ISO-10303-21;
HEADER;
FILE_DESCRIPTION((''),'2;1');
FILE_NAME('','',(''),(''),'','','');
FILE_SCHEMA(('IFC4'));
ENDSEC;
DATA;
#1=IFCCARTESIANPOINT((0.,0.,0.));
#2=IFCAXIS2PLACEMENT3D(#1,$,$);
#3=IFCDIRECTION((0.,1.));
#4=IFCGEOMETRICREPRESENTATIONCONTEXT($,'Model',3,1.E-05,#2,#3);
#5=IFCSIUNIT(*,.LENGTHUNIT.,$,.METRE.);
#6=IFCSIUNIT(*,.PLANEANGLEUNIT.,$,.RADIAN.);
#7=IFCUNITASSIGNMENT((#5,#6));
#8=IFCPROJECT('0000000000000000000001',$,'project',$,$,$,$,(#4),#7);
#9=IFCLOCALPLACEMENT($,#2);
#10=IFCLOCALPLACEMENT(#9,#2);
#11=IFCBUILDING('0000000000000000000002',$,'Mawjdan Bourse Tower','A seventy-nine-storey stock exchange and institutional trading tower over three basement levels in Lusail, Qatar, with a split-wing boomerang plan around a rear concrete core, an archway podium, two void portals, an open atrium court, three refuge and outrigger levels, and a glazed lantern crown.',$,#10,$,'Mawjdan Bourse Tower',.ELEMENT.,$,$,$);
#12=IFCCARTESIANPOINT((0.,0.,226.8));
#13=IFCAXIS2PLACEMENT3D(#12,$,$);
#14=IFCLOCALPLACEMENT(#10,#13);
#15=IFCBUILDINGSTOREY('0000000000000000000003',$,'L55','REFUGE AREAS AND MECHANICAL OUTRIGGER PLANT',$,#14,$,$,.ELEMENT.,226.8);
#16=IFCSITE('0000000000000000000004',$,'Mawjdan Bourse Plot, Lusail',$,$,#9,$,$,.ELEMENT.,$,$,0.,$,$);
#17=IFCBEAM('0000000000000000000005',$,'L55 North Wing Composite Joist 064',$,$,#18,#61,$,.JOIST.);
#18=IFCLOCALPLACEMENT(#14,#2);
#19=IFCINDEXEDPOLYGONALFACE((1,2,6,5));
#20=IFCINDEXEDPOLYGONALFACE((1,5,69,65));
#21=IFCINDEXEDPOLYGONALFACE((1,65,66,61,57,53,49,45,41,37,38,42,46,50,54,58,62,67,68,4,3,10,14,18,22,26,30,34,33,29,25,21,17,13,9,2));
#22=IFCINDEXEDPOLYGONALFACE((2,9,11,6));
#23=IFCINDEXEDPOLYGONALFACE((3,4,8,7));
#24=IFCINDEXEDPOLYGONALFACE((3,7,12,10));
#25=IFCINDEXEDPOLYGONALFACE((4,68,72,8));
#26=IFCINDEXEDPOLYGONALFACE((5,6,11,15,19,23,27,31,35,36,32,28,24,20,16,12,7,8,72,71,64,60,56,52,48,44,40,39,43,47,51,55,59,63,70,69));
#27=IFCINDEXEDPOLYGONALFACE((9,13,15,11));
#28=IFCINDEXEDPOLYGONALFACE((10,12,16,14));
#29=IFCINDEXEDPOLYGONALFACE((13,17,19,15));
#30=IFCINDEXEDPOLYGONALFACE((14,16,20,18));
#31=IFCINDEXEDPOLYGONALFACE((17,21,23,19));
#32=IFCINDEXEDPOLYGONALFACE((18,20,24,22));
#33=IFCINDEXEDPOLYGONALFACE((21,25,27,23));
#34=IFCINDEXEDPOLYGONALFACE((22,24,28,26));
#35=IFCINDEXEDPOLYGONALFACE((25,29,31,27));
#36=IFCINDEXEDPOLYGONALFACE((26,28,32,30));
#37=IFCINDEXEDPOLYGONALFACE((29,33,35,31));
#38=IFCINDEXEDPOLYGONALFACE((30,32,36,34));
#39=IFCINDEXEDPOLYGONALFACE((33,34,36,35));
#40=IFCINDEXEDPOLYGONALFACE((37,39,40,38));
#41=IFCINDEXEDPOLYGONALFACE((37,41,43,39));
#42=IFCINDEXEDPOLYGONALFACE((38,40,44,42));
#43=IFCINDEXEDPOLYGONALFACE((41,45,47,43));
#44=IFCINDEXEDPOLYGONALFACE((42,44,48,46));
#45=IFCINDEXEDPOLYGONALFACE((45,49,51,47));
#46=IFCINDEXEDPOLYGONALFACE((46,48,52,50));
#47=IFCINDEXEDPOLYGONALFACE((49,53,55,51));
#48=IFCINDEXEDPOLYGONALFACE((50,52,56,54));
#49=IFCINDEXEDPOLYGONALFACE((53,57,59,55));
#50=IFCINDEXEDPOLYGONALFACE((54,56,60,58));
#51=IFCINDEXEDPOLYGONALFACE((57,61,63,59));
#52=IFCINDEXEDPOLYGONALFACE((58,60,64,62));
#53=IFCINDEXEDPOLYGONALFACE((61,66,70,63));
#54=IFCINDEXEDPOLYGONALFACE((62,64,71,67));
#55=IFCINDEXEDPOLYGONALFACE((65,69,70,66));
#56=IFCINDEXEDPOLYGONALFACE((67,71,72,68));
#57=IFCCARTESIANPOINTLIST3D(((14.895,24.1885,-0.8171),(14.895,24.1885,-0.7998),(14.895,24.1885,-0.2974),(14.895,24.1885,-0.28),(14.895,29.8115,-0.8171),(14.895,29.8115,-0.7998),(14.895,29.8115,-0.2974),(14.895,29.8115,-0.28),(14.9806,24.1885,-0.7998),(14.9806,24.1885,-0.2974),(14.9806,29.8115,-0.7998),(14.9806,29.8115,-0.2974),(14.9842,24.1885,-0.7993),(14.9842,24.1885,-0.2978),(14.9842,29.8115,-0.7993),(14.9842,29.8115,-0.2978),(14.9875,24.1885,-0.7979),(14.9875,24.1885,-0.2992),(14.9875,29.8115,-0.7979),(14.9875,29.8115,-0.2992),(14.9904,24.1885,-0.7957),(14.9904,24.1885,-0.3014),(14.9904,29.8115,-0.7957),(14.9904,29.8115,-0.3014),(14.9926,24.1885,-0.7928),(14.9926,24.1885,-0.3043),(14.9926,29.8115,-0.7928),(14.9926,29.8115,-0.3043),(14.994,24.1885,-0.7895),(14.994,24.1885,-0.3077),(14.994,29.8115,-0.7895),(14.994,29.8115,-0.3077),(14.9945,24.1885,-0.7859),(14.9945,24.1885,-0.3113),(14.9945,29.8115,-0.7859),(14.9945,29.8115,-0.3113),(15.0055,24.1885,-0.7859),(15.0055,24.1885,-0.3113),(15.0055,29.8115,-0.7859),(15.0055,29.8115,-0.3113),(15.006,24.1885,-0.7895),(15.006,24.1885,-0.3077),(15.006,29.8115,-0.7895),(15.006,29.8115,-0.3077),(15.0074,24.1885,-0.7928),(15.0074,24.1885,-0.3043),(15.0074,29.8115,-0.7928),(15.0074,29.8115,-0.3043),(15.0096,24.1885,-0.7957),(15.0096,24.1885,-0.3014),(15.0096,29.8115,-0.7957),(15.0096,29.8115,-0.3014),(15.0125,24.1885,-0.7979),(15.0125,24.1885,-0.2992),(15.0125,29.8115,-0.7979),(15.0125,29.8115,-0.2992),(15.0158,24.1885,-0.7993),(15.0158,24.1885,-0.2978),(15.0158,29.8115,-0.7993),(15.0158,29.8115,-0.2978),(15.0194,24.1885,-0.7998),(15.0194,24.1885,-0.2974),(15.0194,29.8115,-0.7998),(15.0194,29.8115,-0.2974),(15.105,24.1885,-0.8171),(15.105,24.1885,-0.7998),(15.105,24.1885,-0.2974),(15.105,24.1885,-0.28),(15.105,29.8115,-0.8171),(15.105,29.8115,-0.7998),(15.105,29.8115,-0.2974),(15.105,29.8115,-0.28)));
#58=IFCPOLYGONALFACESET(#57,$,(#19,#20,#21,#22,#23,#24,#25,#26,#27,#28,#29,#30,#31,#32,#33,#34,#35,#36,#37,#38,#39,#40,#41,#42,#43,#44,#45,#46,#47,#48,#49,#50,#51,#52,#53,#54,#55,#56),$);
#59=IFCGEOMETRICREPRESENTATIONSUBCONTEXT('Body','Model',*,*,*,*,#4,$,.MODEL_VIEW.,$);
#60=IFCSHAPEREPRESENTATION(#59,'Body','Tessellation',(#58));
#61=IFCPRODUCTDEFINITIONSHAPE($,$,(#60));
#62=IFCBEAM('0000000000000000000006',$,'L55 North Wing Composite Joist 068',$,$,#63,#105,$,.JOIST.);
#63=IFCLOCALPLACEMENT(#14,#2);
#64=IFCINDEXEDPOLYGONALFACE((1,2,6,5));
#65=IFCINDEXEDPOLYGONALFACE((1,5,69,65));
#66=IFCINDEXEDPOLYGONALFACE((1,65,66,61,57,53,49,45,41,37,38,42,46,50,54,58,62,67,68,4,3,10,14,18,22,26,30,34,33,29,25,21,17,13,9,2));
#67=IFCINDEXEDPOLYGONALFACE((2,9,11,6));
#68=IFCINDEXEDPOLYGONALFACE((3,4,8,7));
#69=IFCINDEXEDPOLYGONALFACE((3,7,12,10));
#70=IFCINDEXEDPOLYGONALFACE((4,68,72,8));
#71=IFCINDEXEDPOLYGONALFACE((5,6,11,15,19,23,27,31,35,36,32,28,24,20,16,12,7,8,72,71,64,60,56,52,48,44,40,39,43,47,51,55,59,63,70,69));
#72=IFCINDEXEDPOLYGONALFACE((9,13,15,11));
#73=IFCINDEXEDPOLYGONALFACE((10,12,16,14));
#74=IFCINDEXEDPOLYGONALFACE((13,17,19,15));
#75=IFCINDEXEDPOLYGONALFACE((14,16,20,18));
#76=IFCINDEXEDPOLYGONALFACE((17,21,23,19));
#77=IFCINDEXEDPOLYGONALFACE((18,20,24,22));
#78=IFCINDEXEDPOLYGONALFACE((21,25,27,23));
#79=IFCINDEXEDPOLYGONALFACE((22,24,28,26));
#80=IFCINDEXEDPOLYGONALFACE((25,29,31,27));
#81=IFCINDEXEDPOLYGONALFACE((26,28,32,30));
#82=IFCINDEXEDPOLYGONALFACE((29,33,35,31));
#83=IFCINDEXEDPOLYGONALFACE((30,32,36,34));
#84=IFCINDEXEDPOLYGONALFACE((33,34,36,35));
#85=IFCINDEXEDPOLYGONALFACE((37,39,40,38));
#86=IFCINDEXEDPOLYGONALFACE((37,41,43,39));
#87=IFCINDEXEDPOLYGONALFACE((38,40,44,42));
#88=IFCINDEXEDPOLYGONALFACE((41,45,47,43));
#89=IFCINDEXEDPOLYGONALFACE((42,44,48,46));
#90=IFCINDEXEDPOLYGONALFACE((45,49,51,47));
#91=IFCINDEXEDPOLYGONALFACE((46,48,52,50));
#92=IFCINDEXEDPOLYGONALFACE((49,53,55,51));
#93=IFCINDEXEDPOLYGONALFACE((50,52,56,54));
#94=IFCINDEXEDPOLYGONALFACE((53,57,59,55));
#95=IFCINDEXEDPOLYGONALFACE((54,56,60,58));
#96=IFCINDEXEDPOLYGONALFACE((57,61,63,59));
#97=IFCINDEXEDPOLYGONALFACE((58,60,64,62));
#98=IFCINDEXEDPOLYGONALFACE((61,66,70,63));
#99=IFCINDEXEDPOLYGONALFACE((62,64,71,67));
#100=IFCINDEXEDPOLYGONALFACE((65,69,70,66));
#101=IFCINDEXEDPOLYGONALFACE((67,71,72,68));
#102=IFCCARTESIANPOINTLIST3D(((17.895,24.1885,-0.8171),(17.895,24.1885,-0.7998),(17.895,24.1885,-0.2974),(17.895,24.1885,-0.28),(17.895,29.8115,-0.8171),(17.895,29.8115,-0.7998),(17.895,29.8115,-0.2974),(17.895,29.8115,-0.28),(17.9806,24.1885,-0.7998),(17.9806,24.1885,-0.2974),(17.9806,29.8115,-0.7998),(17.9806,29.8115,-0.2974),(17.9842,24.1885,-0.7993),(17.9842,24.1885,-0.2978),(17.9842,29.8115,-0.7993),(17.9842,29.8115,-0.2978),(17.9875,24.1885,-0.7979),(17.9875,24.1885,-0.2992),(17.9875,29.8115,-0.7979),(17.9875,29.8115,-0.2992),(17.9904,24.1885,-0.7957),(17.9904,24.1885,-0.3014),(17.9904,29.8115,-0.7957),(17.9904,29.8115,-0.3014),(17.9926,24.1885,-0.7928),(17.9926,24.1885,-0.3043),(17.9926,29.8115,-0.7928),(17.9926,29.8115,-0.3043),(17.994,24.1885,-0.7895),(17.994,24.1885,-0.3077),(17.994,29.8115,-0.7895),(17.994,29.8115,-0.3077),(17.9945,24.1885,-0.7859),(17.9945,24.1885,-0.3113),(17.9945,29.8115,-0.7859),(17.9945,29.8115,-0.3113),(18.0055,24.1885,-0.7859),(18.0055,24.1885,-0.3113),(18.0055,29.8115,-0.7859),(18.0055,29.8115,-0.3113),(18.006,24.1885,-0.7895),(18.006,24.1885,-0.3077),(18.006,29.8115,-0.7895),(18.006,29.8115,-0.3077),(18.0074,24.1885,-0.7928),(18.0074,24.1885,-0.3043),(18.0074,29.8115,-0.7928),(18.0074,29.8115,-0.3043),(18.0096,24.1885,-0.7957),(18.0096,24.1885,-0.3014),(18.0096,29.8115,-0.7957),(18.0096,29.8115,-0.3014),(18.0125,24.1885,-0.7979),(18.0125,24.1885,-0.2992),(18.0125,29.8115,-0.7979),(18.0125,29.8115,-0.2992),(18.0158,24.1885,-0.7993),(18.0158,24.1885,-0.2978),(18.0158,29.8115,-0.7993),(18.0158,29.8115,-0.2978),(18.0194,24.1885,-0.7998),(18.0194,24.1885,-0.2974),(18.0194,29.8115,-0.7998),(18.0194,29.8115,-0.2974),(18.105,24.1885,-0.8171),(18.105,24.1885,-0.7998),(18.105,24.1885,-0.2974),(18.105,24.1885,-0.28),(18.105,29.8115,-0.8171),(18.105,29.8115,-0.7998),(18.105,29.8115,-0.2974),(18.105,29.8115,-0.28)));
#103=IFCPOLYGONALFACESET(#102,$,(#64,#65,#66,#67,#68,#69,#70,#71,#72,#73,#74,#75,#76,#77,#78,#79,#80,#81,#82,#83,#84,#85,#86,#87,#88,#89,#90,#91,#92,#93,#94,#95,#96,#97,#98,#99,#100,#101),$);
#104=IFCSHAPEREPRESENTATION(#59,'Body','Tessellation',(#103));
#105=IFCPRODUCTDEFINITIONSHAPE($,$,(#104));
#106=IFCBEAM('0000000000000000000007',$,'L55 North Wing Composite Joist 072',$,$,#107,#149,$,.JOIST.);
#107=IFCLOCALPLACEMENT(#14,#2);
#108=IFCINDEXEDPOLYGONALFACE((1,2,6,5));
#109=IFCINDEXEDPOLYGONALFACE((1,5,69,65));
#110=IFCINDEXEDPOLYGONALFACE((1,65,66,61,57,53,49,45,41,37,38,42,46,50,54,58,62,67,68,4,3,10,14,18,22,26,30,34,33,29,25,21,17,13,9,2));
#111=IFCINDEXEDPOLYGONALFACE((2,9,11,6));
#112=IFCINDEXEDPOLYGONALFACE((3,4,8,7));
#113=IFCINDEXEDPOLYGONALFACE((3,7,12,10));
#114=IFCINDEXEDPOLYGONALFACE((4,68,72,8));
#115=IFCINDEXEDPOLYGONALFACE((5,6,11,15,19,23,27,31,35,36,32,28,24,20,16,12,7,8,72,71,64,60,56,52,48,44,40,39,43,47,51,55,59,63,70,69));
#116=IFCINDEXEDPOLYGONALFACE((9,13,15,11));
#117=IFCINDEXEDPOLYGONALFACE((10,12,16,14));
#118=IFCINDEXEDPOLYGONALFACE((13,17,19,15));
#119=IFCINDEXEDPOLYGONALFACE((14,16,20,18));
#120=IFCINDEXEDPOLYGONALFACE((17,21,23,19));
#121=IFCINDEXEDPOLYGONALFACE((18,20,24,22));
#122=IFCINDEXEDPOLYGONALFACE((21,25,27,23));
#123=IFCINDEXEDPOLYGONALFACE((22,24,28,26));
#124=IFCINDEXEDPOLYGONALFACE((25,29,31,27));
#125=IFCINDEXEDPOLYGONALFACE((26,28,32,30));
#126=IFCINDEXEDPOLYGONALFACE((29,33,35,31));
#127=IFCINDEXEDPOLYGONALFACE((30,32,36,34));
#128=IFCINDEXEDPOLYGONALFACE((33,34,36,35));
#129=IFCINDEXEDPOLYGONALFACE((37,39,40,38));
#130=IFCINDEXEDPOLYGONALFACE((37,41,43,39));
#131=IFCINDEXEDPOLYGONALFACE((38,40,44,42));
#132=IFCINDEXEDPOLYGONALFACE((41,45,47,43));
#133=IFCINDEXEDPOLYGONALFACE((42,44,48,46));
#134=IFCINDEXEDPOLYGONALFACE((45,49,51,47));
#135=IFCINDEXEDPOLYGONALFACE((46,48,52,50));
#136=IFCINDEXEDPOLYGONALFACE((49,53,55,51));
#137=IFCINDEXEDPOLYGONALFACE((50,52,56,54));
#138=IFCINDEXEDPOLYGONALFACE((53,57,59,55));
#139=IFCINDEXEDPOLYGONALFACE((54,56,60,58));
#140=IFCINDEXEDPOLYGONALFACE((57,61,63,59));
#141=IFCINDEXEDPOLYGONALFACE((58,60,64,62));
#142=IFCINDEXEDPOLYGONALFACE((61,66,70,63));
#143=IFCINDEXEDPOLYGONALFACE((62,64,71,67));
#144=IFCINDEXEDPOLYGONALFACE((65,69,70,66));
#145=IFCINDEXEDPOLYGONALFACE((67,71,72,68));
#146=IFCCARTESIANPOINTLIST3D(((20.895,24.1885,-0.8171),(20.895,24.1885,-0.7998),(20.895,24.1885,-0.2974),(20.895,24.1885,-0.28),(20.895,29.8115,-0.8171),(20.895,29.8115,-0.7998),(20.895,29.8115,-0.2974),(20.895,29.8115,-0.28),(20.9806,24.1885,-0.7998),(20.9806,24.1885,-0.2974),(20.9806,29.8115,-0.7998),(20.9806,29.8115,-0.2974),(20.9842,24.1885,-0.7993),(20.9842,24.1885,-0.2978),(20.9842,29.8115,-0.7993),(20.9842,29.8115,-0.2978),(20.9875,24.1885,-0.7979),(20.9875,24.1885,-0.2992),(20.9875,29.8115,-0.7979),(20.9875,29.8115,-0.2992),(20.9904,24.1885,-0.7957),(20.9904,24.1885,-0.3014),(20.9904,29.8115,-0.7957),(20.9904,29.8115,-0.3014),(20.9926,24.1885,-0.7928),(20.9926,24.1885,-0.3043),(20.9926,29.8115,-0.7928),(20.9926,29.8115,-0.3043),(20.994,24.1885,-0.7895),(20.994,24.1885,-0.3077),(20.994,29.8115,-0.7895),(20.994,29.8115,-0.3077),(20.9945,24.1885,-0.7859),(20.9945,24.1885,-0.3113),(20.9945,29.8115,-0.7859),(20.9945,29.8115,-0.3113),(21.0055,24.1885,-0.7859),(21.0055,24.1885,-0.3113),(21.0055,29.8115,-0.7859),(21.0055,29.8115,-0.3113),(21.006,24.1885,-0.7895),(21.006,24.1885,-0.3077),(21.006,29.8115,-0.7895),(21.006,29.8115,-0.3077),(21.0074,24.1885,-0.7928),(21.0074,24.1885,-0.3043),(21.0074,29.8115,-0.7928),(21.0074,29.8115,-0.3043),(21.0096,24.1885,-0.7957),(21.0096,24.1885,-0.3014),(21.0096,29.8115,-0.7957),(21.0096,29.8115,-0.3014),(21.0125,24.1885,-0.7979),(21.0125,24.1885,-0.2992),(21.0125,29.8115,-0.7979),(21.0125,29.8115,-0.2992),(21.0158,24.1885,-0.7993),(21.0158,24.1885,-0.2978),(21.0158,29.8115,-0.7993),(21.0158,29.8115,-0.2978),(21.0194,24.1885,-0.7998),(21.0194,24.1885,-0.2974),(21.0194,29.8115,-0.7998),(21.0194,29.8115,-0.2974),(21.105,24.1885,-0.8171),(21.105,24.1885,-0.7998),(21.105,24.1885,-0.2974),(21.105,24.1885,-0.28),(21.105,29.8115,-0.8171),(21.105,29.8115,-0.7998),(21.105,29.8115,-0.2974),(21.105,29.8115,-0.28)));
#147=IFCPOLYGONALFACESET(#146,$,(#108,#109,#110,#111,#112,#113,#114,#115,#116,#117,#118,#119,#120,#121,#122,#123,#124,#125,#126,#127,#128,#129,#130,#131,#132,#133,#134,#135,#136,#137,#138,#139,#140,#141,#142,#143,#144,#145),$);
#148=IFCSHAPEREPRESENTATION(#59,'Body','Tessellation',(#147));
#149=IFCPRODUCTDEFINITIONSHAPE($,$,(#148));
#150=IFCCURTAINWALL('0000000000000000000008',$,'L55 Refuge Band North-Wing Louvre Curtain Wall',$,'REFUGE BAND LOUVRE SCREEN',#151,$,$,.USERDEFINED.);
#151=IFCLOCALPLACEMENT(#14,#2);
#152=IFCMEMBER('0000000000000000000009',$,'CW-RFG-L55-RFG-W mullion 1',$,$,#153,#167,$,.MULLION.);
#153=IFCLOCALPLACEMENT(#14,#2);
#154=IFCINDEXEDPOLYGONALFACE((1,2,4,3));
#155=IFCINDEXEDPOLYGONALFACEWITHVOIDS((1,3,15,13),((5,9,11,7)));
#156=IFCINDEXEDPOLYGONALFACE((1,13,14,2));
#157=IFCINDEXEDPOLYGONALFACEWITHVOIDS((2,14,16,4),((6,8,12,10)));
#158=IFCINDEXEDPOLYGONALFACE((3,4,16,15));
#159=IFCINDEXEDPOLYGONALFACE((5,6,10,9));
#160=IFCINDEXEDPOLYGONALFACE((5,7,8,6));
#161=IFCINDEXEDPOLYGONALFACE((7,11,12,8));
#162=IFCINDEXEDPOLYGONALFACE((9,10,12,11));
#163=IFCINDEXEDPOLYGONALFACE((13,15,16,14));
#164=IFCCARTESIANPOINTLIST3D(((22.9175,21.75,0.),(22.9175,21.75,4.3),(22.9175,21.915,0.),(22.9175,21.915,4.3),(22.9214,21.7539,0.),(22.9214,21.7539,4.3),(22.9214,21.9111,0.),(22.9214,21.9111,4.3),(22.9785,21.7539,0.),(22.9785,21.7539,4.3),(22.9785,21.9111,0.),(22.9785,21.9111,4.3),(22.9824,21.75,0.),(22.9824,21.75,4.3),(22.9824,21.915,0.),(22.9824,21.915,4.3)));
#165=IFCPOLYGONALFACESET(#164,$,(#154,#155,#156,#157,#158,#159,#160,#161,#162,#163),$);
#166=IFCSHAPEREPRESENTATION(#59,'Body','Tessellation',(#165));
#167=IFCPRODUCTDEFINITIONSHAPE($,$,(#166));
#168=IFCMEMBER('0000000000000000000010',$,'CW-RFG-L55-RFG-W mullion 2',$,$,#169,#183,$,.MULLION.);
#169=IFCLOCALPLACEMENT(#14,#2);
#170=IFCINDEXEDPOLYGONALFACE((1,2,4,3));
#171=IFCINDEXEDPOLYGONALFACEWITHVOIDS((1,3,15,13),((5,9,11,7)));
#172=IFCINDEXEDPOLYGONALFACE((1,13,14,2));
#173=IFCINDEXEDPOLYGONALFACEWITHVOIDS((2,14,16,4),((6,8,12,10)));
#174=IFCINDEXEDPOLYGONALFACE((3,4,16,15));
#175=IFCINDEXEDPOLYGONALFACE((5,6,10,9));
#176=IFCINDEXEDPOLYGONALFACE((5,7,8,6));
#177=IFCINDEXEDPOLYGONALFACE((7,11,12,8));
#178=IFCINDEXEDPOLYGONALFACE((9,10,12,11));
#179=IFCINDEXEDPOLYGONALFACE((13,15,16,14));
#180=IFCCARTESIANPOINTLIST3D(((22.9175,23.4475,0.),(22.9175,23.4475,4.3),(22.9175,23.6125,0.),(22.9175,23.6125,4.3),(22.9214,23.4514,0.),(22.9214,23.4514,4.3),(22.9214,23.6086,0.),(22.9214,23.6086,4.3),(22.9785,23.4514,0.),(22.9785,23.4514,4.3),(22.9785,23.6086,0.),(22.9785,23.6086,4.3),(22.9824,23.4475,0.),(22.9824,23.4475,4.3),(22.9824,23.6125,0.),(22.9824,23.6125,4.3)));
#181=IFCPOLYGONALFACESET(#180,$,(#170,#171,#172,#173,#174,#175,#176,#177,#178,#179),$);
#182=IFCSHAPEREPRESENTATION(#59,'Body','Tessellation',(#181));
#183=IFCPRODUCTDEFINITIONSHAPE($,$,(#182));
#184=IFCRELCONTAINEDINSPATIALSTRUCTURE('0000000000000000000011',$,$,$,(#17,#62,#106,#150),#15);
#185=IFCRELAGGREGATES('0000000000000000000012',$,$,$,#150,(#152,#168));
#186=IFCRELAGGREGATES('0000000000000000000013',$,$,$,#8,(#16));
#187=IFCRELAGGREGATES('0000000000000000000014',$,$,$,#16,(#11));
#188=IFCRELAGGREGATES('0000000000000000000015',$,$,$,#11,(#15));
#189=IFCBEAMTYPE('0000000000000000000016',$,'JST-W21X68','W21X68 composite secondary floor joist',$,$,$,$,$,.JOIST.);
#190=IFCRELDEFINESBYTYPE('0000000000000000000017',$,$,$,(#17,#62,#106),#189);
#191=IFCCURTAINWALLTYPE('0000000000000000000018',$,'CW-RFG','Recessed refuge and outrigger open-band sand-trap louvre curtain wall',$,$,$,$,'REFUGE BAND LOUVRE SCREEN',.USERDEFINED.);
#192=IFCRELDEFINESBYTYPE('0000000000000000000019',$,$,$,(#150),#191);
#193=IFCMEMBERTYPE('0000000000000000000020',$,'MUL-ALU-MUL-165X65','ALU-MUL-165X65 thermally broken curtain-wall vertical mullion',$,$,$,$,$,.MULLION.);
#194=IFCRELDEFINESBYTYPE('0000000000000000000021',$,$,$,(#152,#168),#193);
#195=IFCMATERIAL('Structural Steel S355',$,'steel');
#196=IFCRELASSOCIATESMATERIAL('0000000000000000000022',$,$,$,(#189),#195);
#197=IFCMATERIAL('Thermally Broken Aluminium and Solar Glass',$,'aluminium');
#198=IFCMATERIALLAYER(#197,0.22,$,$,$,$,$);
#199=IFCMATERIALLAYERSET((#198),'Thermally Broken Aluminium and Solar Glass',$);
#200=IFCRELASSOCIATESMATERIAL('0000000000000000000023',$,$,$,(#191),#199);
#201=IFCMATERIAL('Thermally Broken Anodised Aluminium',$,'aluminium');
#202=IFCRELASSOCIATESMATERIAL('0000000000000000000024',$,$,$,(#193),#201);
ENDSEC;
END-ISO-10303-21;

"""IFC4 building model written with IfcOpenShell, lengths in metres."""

from ifc_helpers import new_model, si_unit, direction, frame, origin, origin_2d, place, context, subcontext, project, spatial, hollow_rectangle, i_section, extrude, material, layer, layer_set, material_profile, profile_set, type_object, element, aggregate, save


model = new_model("IFC4")

# Units and contexts
model_context = context("Model", 3, precision=1e-05, world=origin(), true_north=direction((0.0, 1.0)))
body_context = subcontext(model_context, "Body", "Model", "MODEL_VIEW")
ifc_project = project(units=[si_unit("LENGTHUNIT", "METRE"), si_unit("PLANEANGLEUNIT", "RADIAN")], contexts=[model_context])

# Site, building, storey
site_placement = place(None, origin())
site = spatial("IfcSite", under=ifc_project, at=site_placement, Name="Mawjdan Bourse Plot, Lusail", CompositionType="ELEMENT", RefElevation=0.0)
building_placement = place(site_placement, origin())
building = spatial("IfcBuilding", under=site, at=building_placement, Name="Mawjdan Bourse Tower", Description="A seventy-nine-storey stock exchange and institutional trading tower over three basement levels in Lusail, Qatar, with a split-wing boomerang plan around a rear concrete core, an archway podium, two void portals, an open atrium court, three refuge and outrigger levels, and a glazed lantern crown.", LongName="Mawjdan Bourse Tower", CompositionType="ELEMENT")
storey_placement = place(building_placement, frame((0.0, 0.0, 226.8)))
storey = spatial("IfcBuildingStorey", under=building, at=storey_placement, Name="L55", Description="REFUGE AREAS AND MECHANICAL OUTRIGGER PLANT", CompositionType="ELEMENT", Elevation=226.8)

# Shared definitions
ifc_material_1 = material(Name="Structural Steel S355", Category="steel")

# Beams
ifc_material_profile_1 = material_profile(ifc_material_1, i_section(OverallWidth=0.21, OverallDepth=0.5371, WebThickness=0.011, FlangeThickness=0.0173, FilletRadius=0.0139, at=origin_2d()), Name="W21X68")
ifc_profile_set_1 = profile_set([ifc_material_profile_1], Name="Structural Steel S355")
beam_type_1 = type_object("IfcBeamType", Name="JST-W21X68", Description="W21X68 composite secondary floor joist", PredefinedType="JOIST", material=ifc_profile_set_1)
for number, where, z_axis, x_axis, name in (
    (1, (15.0, 24.1885, -0.5486), (0.0, 1.0, 0.0), (-1.0, 0.0, 0.0), "L55 North Wing Composite Joist 064"),
    (2, (18.0, 24.1885, -0.5486), (0.0, 1.0, 0.0), (-1.0, 0.0, 0.0), "L55 North Wing Composite Joist 068"),
    (3, (21.0, 24.1885, -0.5486), (0.0, 1.0, 0.0), (-1.0, 0.0, 0.0), "L55 North Wing Composite Joist 072"),
):
    element("IfcBeam", number, at=place(storey_placement, frame(where, z_axis=z_axis, x_axis=x_axis)), inside=storey, type_object=beam_type_1, Name=name, PredefinedType="JOIST", context=body_context, shape_type="SweptSolid", body=[
        extrude(i_section(OverallWidth=0.21, OverallDepth=0.5371, WebThickness=0.011, FlangeThickness=0.0173, FilletRadius=0.0139, at=origin_2d()), origin(), (0.0, 0.0, 1.0), 5.623),
    ])

# Curtain wall, members
ifc_material_2 = material(Name="Thermally Broken Aluminium and Solar Glass", Category="aluminium")
ifc_layer_1 = layer(ifc_material_2, 0.22)
ifc_layer_set_1 = layer_set([ifc_layer_1], Name="Thermally Broken Aluminium and Solar Glass")
curtain_wall_type = type_object("IfcCurtainWallType", Name="CW-RFG", Description="Recessed refuge and outrigger open-band sand-trap louvre curtain wall", ElementType="REFUGE BAND LOUVRE SCREEN", PredefinedType="USERDEFINED", material=ifc_layer_set_1)
curtain_wall_placement = place(storey_placement, origin())
curtain_wall = element("IfcCurtainWall", 4, at=curtain_wall_placement, inside=storey, type_object=curtain_wall_type, Name="L55 Refuge Band North-Wing Louvre Curtain Wall", ObjectType="REFUGE BAND LOUVRE SCREEN", PredefinedType="USERDEFINED")
ifc_material_3 = material(Name="Thermally Broken Anodised Aluminium", Category="aluminium")
ifc_material_profile_2 = material_profile(ifc_material_3, hollow_rectangle(XDim=0.0649, YDim=0.165, WallThickness=0.0039, at=origin_2d()), Name="ALU-MUL-165X65")
ifc_profile_set_2 = profile_set([ifc_material_profile_2], Name="Thermally Broken Anodised Aluminium")
member_type_1 = type_object("IfcMemberType", Name="MUL-ALU-MUL-165X65", Description="ALU-MUL-165X65 thermally broken curtain-wall vertical mullion", PredefinedType="MULLION", material=ifc_profile_set_2)
member_1_placement = place(storey_placement, frame((22.95, 21.8325, 0.0), z_axis=(0.0, 0.0, 1.0), x_axis=(-1.0, 0.0, 0.0)))
member_1 = element("IfcMember", 5, at=member_1_placement, type_object=member_type_1, Name="CW-RFG-L55-RFG-W mullion 1", PredefinedType="MULLION", context=body_context, shape_type="SweptSolid", body=[
    extrude(hollow_rectangle(XDim=0.0649, YDim=0.165, WallThickness=0.0039, at=origin_2d()), origin(), (0.0, 0.0, 1.0), 4.3),
])
member_2_placement = place(storey_placement, frame((22.95, 23.53, 0.0), z_axis=(0.0, 0.0, 1.0), x_axis=(-1.0, 0.0, 0.0)))
member_2 = element("IfcMember", 6, at=member_2_placement, type_object=member_type_1, Name="CW-RFG-L55-RFG-W mullion 2", PredefinedType="MULLION", context=body_context, shape_type="SweptSolid", body=[
    extrude(hollow_rectangle(XDim=0.0649, YDim=0.165, WallThickness=0.0039, at=origin_2d()), origin(), (0.0, 0.0, 1.0), 4.3),
])

aggregate(curtain_wall, [member_1, member_2])

save(model, "model.ifc")
